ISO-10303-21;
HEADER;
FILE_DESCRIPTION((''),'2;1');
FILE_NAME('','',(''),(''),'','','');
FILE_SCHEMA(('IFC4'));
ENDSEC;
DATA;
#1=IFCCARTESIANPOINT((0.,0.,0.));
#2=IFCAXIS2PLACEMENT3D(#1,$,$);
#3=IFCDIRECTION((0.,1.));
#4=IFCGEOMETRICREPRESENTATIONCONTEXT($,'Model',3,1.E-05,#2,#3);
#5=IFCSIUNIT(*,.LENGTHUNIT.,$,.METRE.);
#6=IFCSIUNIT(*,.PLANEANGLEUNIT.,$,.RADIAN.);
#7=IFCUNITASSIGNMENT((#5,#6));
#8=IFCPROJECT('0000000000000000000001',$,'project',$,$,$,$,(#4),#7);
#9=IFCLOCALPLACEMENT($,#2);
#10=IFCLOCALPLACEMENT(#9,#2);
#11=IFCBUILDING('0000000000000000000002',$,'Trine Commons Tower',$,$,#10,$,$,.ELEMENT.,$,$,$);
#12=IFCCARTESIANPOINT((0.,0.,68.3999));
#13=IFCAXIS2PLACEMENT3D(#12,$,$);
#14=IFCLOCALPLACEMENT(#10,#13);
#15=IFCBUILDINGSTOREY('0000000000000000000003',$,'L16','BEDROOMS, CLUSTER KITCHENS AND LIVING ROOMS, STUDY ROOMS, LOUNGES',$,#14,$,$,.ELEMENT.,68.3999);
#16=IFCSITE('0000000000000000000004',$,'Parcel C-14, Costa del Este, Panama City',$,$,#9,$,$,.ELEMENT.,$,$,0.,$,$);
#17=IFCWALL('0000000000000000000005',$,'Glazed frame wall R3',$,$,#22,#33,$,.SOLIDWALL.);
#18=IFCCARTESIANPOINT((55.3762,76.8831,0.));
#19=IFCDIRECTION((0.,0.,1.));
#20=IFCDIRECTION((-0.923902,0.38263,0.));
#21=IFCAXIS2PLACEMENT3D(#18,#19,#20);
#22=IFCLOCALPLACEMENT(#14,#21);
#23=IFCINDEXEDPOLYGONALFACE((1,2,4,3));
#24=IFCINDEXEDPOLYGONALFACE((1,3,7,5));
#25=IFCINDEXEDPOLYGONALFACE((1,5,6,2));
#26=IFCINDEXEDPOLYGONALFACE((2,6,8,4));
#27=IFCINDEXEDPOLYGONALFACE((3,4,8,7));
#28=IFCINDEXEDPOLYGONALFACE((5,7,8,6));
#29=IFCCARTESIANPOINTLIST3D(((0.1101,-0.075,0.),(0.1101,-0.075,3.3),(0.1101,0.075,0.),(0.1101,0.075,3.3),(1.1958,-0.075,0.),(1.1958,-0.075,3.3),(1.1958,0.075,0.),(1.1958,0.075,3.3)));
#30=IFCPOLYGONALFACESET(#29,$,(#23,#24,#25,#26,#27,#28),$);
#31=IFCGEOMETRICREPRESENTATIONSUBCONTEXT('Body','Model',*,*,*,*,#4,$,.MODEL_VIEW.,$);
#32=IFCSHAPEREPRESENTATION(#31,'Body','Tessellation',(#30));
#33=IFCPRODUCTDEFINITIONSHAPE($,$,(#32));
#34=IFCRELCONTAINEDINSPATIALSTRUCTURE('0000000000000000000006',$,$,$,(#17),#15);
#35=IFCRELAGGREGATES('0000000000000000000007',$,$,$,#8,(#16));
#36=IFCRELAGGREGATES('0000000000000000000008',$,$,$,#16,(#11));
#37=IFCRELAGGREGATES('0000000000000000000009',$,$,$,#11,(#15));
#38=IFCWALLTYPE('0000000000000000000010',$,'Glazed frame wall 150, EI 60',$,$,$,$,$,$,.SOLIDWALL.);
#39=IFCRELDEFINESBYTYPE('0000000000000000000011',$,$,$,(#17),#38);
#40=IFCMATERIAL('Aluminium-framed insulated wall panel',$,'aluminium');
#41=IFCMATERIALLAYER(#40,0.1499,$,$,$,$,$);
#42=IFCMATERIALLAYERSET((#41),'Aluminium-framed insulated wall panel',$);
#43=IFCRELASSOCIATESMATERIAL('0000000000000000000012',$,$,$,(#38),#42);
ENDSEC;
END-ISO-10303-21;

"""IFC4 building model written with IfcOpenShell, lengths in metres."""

from ifc_helpers import new_model, si_unit, direction, frame, origin, place, context, subcontext, project, spatial, polyline, outline, extrude, material, layer, layer_set, type_object, element, save


model = new_model("IFC4")

# Units and contexts
model_context = context("Model", 3, precision=1e-05, world=origin(), true_north=direction((0.0, 1.0)))
body_context = subcontext(model_context, "Body", "Model", "MODEL_VIEW")
ifc_project = project(units=[si_unit("LENGTHUNIT", "METRE"), si_unit("PLANEANGLEUNIT", "RADIAN")], contexts=[model_context])

# Site, building, storey
site_placement = place(None, origin())
site = spatial("IfcSite", under=ifc_project, at=site_placement, Name="Parcel C-14, Costa del Este, Panama City", CompositionType="ELEMENT", RefElevation=0.0)
building_placement = place(site_placement, origin())
building = spatial("IfcBuilding", under=site, at=building_placement, Name="Trine Commons Tower", CompositionType="ELEMENT")
storey_placement = place(building_placement, frame((0.0, 0.0, 68.3999)))
storey = spatial("IfcBuildingStorey", under=building, at=storey_placement, Name="L16", Description="BEDROOMS, CLUSTER KITCHENS AND LIVING ROOMS, STUDY ROOMS, LOUNGES", CompositionType="ELEMENT", Elevation=68.3999)

# Wall
ifc_material_1 = material(Name="Aluminium-framed insulated wall panel", Category="aluminium")
ifc_layer_1 = layer(ifc_material_1, 0.1499)
ifc_layer_set_1 = layer_set([ifc_layer_1], Name="Aluminium-framed insulated wall panel")
wall_type_1 = type_object("IfcWallType", Name="Glazed frame wall 150, EI 60", PredefinedType="SOLIDWALL", material=ifc_layer_set_1)
wall_1_placement = place(storey_placement, frame((55.3762, 76.8831, 0.0), z_axis=(0.0, 0.0, 1.0), x_axis=(-0.923902, 0.38263, 0.0)))
element("IfcWall", 1, at=wall_1_placement, inside=storey, type_object=wall_type_1, Name="Glazed frame wall R3", PredefinedType="SOLIDWALL", context=body_context, shape_type="SweptSolid", body=[
    extrude(outline(polyline([(0.1101, 0.075), (0.1101, -0.075), (1.1958, -0.075), (1.1958, 0.075), (0.1101, 0.075)])), origin(), (0.0, 0.0, 1.0), 3.3),
])

save(model, "model.ifc")
